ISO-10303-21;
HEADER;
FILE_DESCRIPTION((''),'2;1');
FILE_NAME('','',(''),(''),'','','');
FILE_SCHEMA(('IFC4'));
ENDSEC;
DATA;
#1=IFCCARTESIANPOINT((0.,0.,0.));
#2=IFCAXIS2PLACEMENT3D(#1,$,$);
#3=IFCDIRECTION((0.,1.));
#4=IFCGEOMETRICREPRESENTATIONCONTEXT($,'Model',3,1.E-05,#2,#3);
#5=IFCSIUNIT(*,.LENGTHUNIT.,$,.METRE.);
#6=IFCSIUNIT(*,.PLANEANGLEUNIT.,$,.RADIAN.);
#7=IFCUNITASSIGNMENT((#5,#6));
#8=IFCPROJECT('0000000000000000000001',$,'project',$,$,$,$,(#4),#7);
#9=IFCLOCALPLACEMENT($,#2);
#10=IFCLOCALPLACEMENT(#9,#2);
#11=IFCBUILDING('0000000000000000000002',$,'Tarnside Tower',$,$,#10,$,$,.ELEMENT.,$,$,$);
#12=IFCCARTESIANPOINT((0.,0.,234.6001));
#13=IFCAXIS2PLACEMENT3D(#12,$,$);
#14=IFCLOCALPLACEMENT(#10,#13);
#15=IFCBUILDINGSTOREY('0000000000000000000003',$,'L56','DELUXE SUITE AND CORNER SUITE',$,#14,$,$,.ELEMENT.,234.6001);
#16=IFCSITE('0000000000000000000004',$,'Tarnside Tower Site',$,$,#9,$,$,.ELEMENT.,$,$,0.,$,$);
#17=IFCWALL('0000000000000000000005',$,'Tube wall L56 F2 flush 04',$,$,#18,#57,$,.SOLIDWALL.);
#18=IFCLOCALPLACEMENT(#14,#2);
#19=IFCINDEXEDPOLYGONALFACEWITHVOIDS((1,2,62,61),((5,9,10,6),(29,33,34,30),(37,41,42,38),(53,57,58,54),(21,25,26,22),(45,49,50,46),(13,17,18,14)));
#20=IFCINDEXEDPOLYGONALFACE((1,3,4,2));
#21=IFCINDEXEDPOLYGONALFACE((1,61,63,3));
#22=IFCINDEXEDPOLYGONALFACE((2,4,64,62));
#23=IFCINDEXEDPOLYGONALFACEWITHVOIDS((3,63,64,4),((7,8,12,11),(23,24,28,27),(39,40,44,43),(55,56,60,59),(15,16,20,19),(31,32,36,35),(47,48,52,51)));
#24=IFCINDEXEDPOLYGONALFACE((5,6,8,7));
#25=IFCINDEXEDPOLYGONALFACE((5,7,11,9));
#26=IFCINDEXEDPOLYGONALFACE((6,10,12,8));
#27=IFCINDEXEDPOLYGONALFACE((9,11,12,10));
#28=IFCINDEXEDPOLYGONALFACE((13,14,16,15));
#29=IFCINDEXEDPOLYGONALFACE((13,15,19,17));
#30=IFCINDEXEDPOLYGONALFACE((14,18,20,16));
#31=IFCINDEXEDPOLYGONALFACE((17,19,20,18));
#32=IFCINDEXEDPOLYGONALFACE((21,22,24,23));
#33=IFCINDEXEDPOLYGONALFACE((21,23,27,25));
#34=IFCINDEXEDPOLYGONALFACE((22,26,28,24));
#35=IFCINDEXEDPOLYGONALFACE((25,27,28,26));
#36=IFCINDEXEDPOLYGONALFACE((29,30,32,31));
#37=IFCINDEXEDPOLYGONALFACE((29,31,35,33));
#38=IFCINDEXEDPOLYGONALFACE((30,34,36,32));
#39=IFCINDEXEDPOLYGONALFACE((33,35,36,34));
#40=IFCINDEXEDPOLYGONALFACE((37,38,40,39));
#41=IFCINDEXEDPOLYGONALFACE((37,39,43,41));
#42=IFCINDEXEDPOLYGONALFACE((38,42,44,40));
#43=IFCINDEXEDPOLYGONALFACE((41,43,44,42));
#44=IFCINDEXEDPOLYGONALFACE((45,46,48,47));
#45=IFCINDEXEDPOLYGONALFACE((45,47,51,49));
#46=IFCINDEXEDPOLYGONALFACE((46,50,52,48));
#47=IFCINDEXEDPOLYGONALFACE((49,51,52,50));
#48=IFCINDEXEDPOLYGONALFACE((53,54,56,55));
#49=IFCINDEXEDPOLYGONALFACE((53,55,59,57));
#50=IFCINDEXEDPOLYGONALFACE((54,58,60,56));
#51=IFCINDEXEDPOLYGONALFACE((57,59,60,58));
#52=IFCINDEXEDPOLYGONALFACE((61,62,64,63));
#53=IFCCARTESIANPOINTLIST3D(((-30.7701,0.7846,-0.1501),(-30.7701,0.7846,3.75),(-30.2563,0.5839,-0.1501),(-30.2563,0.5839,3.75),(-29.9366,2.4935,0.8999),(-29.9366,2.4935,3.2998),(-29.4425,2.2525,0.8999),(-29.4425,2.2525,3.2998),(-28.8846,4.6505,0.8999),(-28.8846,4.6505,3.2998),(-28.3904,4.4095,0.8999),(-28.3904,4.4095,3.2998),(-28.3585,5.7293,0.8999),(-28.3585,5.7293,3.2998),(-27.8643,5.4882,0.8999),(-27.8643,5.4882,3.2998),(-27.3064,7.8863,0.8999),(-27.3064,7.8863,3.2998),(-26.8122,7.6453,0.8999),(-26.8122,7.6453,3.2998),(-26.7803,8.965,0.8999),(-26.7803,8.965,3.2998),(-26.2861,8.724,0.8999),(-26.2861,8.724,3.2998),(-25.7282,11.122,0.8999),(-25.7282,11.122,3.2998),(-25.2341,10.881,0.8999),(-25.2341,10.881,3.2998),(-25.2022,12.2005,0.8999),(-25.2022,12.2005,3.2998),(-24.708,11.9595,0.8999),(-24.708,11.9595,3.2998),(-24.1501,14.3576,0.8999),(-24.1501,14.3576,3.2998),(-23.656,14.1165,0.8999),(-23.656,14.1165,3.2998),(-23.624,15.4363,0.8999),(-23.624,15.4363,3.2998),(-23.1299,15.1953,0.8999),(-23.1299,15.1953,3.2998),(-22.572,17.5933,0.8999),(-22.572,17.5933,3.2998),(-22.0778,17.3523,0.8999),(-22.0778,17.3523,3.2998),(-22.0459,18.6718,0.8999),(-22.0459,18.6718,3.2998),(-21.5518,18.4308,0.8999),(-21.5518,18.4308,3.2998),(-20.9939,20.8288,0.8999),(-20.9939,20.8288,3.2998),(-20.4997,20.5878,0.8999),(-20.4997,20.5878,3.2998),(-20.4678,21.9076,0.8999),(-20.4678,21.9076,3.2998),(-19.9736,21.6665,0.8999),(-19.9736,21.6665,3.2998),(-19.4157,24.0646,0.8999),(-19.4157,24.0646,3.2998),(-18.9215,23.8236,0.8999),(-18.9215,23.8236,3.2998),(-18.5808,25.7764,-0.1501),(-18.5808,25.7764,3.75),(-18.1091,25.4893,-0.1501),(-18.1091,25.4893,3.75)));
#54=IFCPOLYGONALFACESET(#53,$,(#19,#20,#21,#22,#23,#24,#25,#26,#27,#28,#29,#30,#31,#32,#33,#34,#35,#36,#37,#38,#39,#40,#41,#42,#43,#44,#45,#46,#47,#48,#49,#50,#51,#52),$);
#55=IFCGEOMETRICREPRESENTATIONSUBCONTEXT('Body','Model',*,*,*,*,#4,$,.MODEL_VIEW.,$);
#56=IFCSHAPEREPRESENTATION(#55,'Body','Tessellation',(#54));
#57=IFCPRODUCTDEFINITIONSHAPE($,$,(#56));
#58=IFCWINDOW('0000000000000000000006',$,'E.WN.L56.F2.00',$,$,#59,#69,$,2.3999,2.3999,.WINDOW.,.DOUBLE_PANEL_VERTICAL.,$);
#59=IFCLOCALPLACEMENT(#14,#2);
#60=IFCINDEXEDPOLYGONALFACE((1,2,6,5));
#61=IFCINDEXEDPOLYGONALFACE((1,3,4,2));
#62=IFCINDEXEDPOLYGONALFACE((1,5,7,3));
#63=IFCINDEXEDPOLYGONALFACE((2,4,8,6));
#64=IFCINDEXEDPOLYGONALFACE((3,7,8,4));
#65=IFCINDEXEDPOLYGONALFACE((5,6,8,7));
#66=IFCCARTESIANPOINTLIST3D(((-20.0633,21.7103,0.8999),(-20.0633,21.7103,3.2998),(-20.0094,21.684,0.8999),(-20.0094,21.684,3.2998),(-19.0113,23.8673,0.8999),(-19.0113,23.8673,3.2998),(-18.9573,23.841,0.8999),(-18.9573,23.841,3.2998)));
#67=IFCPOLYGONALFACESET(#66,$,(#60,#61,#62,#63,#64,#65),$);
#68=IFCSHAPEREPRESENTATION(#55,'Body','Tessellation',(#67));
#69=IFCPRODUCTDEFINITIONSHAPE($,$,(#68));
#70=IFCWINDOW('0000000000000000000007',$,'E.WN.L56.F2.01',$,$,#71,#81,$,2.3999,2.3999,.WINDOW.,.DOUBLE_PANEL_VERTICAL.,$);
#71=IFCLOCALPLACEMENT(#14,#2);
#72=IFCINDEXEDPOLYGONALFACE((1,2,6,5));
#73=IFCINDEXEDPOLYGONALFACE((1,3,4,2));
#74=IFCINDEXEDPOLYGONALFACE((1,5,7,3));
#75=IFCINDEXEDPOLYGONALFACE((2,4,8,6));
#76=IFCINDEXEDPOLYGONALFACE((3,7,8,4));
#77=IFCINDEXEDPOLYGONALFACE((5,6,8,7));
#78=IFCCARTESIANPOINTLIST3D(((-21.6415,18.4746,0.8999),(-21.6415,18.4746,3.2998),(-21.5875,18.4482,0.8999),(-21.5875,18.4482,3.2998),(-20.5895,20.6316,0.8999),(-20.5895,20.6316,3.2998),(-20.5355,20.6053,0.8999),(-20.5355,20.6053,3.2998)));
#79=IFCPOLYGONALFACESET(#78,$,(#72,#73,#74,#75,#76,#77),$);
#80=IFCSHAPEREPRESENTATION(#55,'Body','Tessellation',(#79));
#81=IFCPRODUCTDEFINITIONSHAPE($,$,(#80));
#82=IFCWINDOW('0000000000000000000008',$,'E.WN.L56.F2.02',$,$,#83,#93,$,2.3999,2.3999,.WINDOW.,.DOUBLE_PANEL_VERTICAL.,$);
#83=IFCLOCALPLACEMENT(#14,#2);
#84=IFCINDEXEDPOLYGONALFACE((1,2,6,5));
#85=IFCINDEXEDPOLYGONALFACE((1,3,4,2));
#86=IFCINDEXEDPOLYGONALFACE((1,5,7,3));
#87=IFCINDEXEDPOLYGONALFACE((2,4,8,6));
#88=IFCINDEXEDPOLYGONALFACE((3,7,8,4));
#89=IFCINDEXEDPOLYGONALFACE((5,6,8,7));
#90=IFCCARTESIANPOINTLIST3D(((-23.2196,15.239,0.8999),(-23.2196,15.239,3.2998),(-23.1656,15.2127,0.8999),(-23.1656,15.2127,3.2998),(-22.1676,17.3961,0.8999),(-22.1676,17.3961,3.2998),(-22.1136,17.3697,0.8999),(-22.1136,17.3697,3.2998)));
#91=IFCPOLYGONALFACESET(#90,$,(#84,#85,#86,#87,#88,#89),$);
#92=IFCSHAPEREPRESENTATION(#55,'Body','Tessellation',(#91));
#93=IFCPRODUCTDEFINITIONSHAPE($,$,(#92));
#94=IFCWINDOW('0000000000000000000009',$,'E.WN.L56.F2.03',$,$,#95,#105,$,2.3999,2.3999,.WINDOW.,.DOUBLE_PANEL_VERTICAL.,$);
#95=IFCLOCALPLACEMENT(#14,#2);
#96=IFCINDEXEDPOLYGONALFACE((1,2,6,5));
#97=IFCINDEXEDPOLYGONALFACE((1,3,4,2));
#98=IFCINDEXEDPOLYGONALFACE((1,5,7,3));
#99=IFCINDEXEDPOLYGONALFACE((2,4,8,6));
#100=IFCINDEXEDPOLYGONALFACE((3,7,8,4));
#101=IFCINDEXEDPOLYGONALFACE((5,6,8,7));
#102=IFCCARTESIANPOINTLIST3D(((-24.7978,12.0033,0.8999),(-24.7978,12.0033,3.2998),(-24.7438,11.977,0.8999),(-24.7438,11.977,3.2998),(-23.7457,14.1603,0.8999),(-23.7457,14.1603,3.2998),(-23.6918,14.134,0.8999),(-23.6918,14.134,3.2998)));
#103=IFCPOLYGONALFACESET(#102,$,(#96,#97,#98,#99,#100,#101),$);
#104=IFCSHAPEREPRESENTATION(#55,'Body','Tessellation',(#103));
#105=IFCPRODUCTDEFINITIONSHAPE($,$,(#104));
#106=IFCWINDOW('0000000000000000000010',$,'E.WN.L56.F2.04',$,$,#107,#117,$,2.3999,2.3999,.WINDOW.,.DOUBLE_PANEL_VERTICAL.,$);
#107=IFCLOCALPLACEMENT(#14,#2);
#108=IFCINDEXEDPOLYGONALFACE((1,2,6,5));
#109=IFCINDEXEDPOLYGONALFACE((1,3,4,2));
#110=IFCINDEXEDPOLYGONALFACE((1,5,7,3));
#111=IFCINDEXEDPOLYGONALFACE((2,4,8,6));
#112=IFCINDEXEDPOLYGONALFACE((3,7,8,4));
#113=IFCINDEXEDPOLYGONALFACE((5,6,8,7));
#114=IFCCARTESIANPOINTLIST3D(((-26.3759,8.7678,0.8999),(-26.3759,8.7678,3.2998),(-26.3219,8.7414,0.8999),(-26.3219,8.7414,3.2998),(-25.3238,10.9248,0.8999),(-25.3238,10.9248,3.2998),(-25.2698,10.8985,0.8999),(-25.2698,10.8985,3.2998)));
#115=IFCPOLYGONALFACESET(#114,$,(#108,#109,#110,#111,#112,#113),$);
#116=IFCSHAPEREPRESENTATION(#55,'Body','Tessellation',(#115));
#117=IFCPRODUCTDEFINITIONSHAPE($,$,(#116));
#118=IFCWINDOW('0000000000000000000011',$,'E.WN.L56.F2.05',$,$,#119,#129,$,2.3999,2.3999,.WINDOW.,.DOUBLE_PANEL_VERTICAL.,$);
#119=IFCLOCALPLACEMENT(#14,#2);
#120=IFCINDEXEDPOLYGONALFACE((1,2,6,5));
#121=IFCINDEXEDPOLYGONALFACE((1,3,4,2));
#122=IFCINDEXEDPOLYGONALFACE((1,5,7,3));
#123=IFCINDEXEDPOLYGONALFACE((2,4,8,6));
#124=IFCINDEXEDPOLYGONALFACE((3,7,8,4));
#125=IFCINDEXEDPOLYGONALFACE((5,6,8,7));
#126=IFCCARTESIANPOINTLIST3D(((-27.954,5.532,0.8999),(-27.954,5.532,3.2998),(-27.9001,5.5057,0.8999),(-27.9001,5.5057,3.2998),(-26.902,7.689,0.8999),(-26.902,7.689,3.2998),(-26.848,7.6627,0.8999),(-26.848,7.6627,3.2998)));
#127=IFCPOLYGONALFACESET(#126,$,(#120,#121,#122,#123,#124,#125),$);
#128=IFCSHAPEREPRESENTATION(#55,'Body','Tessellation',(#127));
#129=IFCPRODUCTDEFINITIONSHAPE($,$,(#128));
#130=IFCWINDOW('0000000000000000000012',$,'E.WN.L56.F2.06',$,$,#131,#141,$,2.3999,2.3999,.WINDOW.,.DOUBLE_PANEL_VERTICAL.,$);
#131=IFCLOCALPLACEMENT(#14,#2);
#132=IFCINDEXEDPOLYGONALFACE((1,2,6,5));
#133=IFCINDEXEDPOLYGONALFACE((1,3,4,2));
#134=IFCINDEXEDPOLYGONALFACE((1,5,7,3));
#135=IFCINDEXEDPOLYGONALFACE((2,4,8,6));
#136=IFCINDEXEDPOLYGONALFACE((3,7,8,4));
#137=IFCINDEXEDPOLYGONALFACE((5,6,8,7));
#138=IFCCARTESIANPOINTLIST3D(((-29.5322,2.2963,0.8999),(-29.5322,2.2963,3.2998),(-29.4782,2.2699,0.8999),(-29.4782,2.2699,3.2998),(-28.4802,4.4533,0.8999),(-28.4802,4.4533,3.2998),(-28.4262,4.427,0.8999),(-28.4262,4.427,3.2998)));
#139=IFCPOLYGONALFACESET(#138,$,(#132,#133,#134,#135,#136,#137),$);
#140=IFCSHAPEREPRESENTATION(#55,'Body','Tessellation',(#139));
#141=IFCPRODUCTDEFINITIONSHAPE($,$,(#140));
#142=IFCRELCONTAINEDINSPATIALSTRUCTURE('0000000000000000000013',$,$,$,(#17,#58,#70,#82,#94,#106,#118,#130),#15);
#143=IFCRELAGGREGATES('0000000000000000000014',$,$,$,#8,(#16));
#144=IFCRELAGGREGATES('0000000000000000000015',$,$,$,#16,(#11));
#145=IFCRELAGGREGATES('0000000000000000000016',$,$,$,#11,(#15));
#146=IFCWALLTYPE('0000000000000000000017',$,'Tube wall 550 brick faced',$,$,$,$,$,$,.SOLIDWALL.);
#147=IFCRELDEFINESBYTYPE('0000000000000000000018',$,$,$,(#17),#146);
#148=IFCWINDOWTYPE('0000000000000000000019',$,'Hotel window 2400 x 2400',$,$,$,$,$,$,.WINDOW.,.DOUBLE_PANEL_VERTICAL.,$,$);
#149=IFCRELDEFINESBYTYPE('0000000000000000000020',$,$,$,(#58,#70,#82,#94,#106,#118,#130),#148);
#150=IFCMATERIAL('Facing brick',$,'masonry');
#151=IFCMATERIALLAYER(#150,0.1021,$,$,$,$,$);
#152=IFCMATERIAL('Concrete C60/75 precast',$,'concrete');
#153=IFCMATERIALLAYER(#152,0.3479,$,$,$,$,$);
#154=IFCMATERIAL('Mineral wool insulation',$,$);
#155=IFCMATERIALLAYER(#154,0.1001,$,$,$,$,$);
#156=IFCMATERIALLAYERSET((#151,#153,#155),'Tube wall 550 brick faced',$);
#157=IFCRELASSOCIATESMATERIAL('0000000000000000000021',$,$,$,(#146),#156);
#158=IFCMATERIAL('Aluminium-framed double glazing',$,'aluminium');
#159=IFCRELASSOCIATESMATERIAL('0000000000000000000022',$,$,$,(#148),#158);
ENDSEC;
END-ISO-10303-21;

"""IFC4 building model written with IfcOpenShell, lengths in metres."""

from ifc_helpers import new_model, si_unit, direction, frame, frame_2d, origin, place, context, subcontext, project, spatial, polyline, rectangle, outline, extrude, material, layer, layer_set, type_object, element, fill, save


model = new_model("IFC4")

# Units and contexts
model_context = context("Model", 3, precision=1e-05, world=origin(), true_north=direction((0.0, 1.0)))
body_context = subcontext(model_context, "Body", "Model", "MODEL_VIEW")
ifc_project = project(units=[si_unit("LENGTHUNIT", "METRE"), si_unit("PLANEANGLEUNIT", "RADIAN")], contexts=[model_context])

# Site, building, storey
site_placement = place(None, origin())
site = spatial("IfcSite", under=ifc_project, at=site_placement, Name="Tarnside Tower Site", CompositionType="ELEMENT", RefElevation=0.0)
building_placement = place(site_placement, origin())
building = spatial("IfcBuilding", under=site, at=building_placement, Name="Tarnside Tower", CompositionType="ELEMENT")
storey_placement = place(building_placement, frame((0.0, 0.0, 234.6001)))
storey = spatial("IfcBuildingStorey", under=building, at=storey_placement, Name="L56", Description="DELUXE SUITE AND CORNER SUITE", CompositionType="ELEMENT", Elevation=234.6001)

# Shared definitions
ifc_material_1 = material(Name="Facing brick", Category="masonry")
ifc_layer_1 = layer(ifc_material_1, 0.1021)
ifc_material_2 = material(Name="Concrete C60/75 precast", Category="concrete")
ifc_layer_2 = layer(ifc_material_2, 0.3479)
ifc_material_3 = material(Name="Mineral wool insulation")
ifc_layer_3 = layer(ifc_material_3, 0.1001)
ifc_layer_set_1 = layer_set([ifc_layer_1, ifc_layer_2, ifc_layer_3], Name="Tube wall 550 brick faced")
wall_type_1 = type_object("IfcWallType", Name="Tube wall 550 brick faced", PredefinedType="SOLIDWALL", material=ifc_layer_set_1)

# Wall, openings, windows
wall_1_placement = place(storey_placement, frame((-18.345, 25.6328, -0.1501), z_axis=(0.0, 0.0, 1.0), x_axis=(-0.438372, -0.898794, 0.0)))
wall_1 = element("IfcWall", 1, at=wall_1_placement, inside=storey, type_object=wall_type_1, Name="Tube wall L56 F2 flush 04", PredefinedType="SOLIDWALL", context=body_context, shape_type="SweptSolid", body=[
    extrude(outline(polyline([(-0.0256, -0.2749), (27.7803, -0.2749), (27.7354, 0.2749), (0.0256, 0.2749), (-0.0256, -0.2749)])), origin(), (0.0, 0.0, 1.0), 3.9001),
])
opening_1_placement = place(wall_1_placement, frame((1.8789, 0.0, 1.05)))
opening_1 = element("IfcOpeningElement", 2, at=opening_1_placement, cuts=wall_1, PredefinedType="OPENING", context=body_context, shape_type="SweptSolid", body=[
    extrude(rectangle(XDim=2.3999, YDim=2.3999, at=frame_2d((1.2, 1.2))), frame((0.0, 0.2852, 0.0), z_axis=(0.0, -1.0, 0.0), x_axis=(1.0, 0.0, 0.0)), (0.0, 0.0, 1.0), 0.5701),
])
opening_2_placement = place(wall_1_placement, frame((5.479, 0.0, 1.05)))
opening_2 = element("IfcOpeningElement", 3, at=opening_2_placement, cuts=wall_1, PredefinedType="OPENING", context=body_context, shape_type="SweptSolid", body=[
    extrude(rectangle(XDim=2.3999, YDim=2.3999, at=frame_2d((1.2, 1.2))), frame((0.0, 0.2852, 0.0), z_axis=(0.0, -1.0, 0.0), x_axis=(1.0, 0.0, 0.0)), (0.0, 0.0, 1.0), 0.5701),
])
opening_3_placement = place(wall_1_placement, frame((9.0789, 0.0, 1.05)))
opening_3 = element("IfcOpeningElement", 4, at=opening_3_placement, cuts=wall_1, PredefinedType="OPENING", context=body_context, shape_type="SweptSolid", body=[
    extrude(rectangle(XDim=2.3999, YDim=2.3999, at=frame_2d((1.2, 1.2))), frame((0.0, 0.2852, 0.0), z_axis=(0.0, -1.0, 0.0), x_axis=(1.0, 0.0, 0.0)), (0.0, 0.0, 1.0), 0.5701),
])
opening_4_placement = place(wall_1_placement, frame((12.679, 0.0, 1.05)))
opening_4 = element("IfcOpeningElement", 5, at=opening_4_placement, cuts=wall_1, PredefinedType="OPENING", context=body_context, shape_type="SweptSolid", body=[
    extrude(rectangle(XDim=2.3999, YDim=2.3999, at=frame_2d((1.2, 1.2))), frame((0.0, 0.2852, 0.0), z_axis=(0.0, -1.0, 0.0), x_axis=(1.0, 0.0, 0.0)), (0.0, 0.0, 1.0), 0.5701),
])
opening_5_placement = place(wall_1_placement, frame((16.2788, 0.0, 1.05)))
opening_5 = element("IfcOpeningElement", 6, at=opening_5_placement, cuts=wall_1, PredefinedType="OPENING", context=body_context, shape_type="SweptSolid", body=[
    extrude(rectangle(XDim=2.3999, YDim=2.3999, at=frame_2d((1.2, 1.2))), frame((0.0, 0.2852, 0.0), z_axis=(0.0, -1.0, 0.0), x_axis=(1.0, 0.0, 0.0)), (0.0, 0.0, 1.0), 0.5701),
])
opening_6_placement = place(wall_1_placement, frame((19.8789, 0.0, 1.05)))
opening_6 = element("IfcOpeningElement", 7, at=opening_6_placement, cuts=wall_1, PredefinedType="OPENING", context=body_context, shape_type="SweptSolid", body=[
    extrude(rectangle(XDim=2.3999, YDim=2.3999, at=frame_2d((1.2, 1.2))), frame((0.0, 0.2852, 0.0), z_axis=(0.0, -1.0, 0.0), x_axis=(1.0, 0.0, 0.0)), (0.0, 0.0, 1.0), 0.5701),
])
opening_7_placement = place(wall_1_placement, frame((23.479, 0.0, 1.05)))
opening_7 = element("IfcOpeningElement", 8, at=opening_7_placement, cuts=wall_1, PredefinedType="OPENING", context=body_context, shape_type="SweptSolid", body=[
    extrude(rectangle(XDim=2.3999, YDim=2.3999, at=frame_2d((1.2, 1.2))), frame((0.0, 0.2852, 0.0), z_axis=(0.0, -1.0, 0.0), x_axis=(1.0, 0.0, 0.0)), (0.0, 0.0, 1.0), 0.5701),
])
ifc_material_4 = material(Name="Aluminium-framed double glazing", Category="aluminium")
window_type = type_object("IfcWindowType", Name="Hotel window 2400 x 2400", PartitioningType="DOUBLE_PANEL_VERTICAL", PredefinedType="WINDOW", material=ifc_material_4)
window_1_placement = place(opening_1_placement, frame((0.0, 0.2051, 0.0)))
window_1 = element("IfcWindow", 9, at=window_1_placement, inside=storey, type_object=window_type, Name="E.WN.L56.F2.00", OverallHeight=2.3999, OverallWidth=2.3999, PartitioningType="DOUBLE_PANEL_VERTICAL", PredefinedType="WINDOW", context=body_context, shape_type="SweptSolid", body=[
    extrude(rectangle(XDim=2.3999, YDim=2.3999, at=frame_2d((1.2, 1.2))), frame((0.0, 0.03, 0.0), z_axis=(0.0, -1.0, 0.0), x_axis=(1.0, 0.0, 0.0)), (0.0, 0.0, 1.0), 0.0601),
])
fill(opening_1, window_1)
window_2_placement = place(opening_2_placement, frame((0.0, 0.2051, 0.0)))
window_2 = element("IfcWindow", 10, at=window_2_placement, inside=storey, type_object=window_type, Name="E.WN.L56.F2.01", OverallHeight=2.3999, OverallWidth=2.3999, PartitioningType="DOUBLE_PANEL_VERTICAL", PredefinedType="WINDOW", context=body_context, shape_type="SweptSolid", body=[
    extrude(rectangle(XDim=2.3999, YDim=2.3999, at=frame_2d((1.2, 1.2))), frame((0.0, 0.03, 0.0), z_axis=(0.0, -1.0, 0.0), x_axis=(1.0, 0.0, 0.0)), (0.0, 0.0, 1.0), 0.0601),
])
fill(opening_2, window_2)
window_3_placement = place(opening_3_placement, frame((0.0, 0.2051, 0.0)))
window_3 = element("IfcWindow", 11, at=window_3_placement, inside=storey, type_object=window_type, Name="E.WN.L56.F2.02", OverallHeight=2.3999, OverallWidth=2.3999, PartitioningType="DOUBLE_PANEL_VERTICAL", PredefinedType="WINDOW", context=body_context, shape_type="SweptSolid", body=[
    extrude(rectangle(XDim=2.3999, YDim=2.3999, at=frame_2d((1.2, 1.2))), frame((0.0, 0.03, 0.0), z_axis=(0.0, -1.0, 0.0), x_axis=(1.0, 0.0, 0.0)), (0.0, 0.0, 1.0), 0.0601),
])
fill(opening_3, window_3)
window_4_placement = place(opening_4_placement, frame((0.0, 0.2051, 0.0)))
window_4 = element("IfcWindow", 12, at=window_4_placement, inside=storey, type_object=window_type, Name="E.WN.L56.F2.03", OverallHeight=2.3999, OverallWidth=2.3999, PartitioningType="DOUBLE_PANEL_VERTICAL", PredefinedType="WINDOW", context=body_context, shape_type="SweptSolid", body=[
    extrude(rectangle(XDim=2.3999, YDim=2.3999, at=frame_2d((1.2, 1.2))), frame((0.0, 0.03, 0.0), z_axis=(0.0, -1.0, 0.0), x_axis=(1.0, 0.0, 0.0)), (0.0, 0.0, 1.0), 0.0601),
])
fill(opening_4, window_4)
window_5_placement = place(opening_5_placement, frame((0.0, 0.2051, 0.0)))
window_5 = element("IfcWindow", 13, at=window_5_placement, inside=storey, type_object=window_type, Name="E.WN.L56.F2.04", OverallHeight=2.3999, OverallWidth=2.3999, PartitioningType="DOUBLE_PANEL_VERTICAL", PredefinedType="WINDOW", context=body_context, shape_type="SweptSolid", body=[
    extrude(rectangle(XDim=2.3999, YDim=2.3999, at=frame_2d((1.2, 1.2))), frame((0.0, 0.03, 0.0), z_axis=(0.0, -1.0, 0.0), x_axis=(1.0, 0.0, 0.0)), (0.0, 0.0, 1.0), 0.0601),
])
fill(opening_5, window_5)
window_6_placement = place(opening_6_placement, frame((0.0, 0.2051, 0.0)))
window_6 = element("IfcWindow", 14, at=window_6_placement, inside=storey, type_object=window_type, Name="E.WN.L56.F2.05", OverallHeight=2.3999, OverallWidth=2.3999, PartitioningType="DOUBLE_PANEL_VERTICAL", PredefinedType="WINDOW", context=body_context, shape_type="SweptSolid", body=[
    extrude(rectangle(XDim=2.3999, YDim=2.3999, at=frame_2d((1.2, 1.2))), frame((0.0, 0.03, 0.0), z_axis=(0.0, -1.0, 0.0), x_axis=(1.0, 0.0, 0.0)), (0.0, 0.0, 1.0), 0.0601),
])
fill(opening_6, window_6)
window_7_placement = place(opening_7_placement, frame((0.0, 0.2051, 0.0)))
window_7 = element("IfcWindow", 15, at=window_7_placement, inside=storey, type_object=window_type, Name="E.WN.L56.F2.06", OverallHeight=2.3999, OverallWidth=2.3999, PartitioningType="DOUBLE_PANEL_VERTICAL", PredefinedType="WINDOW", context=body_context, shape_type="SweptSolid", body=[
    extrude(rectangle(XDim=2.3999, YDim=2.3999, at=frame_2d((1.2, 1.2))), frame((0.0, 0.03, 0.0), z_axis=(0.0, -1.0, 0.0), x_axis=(1.0, 0.0, 0.0)), (0.0, 0.0, 1.0), 0.0601),
])
fill(opening_7, window_7)

save(model, "model.ifc")
